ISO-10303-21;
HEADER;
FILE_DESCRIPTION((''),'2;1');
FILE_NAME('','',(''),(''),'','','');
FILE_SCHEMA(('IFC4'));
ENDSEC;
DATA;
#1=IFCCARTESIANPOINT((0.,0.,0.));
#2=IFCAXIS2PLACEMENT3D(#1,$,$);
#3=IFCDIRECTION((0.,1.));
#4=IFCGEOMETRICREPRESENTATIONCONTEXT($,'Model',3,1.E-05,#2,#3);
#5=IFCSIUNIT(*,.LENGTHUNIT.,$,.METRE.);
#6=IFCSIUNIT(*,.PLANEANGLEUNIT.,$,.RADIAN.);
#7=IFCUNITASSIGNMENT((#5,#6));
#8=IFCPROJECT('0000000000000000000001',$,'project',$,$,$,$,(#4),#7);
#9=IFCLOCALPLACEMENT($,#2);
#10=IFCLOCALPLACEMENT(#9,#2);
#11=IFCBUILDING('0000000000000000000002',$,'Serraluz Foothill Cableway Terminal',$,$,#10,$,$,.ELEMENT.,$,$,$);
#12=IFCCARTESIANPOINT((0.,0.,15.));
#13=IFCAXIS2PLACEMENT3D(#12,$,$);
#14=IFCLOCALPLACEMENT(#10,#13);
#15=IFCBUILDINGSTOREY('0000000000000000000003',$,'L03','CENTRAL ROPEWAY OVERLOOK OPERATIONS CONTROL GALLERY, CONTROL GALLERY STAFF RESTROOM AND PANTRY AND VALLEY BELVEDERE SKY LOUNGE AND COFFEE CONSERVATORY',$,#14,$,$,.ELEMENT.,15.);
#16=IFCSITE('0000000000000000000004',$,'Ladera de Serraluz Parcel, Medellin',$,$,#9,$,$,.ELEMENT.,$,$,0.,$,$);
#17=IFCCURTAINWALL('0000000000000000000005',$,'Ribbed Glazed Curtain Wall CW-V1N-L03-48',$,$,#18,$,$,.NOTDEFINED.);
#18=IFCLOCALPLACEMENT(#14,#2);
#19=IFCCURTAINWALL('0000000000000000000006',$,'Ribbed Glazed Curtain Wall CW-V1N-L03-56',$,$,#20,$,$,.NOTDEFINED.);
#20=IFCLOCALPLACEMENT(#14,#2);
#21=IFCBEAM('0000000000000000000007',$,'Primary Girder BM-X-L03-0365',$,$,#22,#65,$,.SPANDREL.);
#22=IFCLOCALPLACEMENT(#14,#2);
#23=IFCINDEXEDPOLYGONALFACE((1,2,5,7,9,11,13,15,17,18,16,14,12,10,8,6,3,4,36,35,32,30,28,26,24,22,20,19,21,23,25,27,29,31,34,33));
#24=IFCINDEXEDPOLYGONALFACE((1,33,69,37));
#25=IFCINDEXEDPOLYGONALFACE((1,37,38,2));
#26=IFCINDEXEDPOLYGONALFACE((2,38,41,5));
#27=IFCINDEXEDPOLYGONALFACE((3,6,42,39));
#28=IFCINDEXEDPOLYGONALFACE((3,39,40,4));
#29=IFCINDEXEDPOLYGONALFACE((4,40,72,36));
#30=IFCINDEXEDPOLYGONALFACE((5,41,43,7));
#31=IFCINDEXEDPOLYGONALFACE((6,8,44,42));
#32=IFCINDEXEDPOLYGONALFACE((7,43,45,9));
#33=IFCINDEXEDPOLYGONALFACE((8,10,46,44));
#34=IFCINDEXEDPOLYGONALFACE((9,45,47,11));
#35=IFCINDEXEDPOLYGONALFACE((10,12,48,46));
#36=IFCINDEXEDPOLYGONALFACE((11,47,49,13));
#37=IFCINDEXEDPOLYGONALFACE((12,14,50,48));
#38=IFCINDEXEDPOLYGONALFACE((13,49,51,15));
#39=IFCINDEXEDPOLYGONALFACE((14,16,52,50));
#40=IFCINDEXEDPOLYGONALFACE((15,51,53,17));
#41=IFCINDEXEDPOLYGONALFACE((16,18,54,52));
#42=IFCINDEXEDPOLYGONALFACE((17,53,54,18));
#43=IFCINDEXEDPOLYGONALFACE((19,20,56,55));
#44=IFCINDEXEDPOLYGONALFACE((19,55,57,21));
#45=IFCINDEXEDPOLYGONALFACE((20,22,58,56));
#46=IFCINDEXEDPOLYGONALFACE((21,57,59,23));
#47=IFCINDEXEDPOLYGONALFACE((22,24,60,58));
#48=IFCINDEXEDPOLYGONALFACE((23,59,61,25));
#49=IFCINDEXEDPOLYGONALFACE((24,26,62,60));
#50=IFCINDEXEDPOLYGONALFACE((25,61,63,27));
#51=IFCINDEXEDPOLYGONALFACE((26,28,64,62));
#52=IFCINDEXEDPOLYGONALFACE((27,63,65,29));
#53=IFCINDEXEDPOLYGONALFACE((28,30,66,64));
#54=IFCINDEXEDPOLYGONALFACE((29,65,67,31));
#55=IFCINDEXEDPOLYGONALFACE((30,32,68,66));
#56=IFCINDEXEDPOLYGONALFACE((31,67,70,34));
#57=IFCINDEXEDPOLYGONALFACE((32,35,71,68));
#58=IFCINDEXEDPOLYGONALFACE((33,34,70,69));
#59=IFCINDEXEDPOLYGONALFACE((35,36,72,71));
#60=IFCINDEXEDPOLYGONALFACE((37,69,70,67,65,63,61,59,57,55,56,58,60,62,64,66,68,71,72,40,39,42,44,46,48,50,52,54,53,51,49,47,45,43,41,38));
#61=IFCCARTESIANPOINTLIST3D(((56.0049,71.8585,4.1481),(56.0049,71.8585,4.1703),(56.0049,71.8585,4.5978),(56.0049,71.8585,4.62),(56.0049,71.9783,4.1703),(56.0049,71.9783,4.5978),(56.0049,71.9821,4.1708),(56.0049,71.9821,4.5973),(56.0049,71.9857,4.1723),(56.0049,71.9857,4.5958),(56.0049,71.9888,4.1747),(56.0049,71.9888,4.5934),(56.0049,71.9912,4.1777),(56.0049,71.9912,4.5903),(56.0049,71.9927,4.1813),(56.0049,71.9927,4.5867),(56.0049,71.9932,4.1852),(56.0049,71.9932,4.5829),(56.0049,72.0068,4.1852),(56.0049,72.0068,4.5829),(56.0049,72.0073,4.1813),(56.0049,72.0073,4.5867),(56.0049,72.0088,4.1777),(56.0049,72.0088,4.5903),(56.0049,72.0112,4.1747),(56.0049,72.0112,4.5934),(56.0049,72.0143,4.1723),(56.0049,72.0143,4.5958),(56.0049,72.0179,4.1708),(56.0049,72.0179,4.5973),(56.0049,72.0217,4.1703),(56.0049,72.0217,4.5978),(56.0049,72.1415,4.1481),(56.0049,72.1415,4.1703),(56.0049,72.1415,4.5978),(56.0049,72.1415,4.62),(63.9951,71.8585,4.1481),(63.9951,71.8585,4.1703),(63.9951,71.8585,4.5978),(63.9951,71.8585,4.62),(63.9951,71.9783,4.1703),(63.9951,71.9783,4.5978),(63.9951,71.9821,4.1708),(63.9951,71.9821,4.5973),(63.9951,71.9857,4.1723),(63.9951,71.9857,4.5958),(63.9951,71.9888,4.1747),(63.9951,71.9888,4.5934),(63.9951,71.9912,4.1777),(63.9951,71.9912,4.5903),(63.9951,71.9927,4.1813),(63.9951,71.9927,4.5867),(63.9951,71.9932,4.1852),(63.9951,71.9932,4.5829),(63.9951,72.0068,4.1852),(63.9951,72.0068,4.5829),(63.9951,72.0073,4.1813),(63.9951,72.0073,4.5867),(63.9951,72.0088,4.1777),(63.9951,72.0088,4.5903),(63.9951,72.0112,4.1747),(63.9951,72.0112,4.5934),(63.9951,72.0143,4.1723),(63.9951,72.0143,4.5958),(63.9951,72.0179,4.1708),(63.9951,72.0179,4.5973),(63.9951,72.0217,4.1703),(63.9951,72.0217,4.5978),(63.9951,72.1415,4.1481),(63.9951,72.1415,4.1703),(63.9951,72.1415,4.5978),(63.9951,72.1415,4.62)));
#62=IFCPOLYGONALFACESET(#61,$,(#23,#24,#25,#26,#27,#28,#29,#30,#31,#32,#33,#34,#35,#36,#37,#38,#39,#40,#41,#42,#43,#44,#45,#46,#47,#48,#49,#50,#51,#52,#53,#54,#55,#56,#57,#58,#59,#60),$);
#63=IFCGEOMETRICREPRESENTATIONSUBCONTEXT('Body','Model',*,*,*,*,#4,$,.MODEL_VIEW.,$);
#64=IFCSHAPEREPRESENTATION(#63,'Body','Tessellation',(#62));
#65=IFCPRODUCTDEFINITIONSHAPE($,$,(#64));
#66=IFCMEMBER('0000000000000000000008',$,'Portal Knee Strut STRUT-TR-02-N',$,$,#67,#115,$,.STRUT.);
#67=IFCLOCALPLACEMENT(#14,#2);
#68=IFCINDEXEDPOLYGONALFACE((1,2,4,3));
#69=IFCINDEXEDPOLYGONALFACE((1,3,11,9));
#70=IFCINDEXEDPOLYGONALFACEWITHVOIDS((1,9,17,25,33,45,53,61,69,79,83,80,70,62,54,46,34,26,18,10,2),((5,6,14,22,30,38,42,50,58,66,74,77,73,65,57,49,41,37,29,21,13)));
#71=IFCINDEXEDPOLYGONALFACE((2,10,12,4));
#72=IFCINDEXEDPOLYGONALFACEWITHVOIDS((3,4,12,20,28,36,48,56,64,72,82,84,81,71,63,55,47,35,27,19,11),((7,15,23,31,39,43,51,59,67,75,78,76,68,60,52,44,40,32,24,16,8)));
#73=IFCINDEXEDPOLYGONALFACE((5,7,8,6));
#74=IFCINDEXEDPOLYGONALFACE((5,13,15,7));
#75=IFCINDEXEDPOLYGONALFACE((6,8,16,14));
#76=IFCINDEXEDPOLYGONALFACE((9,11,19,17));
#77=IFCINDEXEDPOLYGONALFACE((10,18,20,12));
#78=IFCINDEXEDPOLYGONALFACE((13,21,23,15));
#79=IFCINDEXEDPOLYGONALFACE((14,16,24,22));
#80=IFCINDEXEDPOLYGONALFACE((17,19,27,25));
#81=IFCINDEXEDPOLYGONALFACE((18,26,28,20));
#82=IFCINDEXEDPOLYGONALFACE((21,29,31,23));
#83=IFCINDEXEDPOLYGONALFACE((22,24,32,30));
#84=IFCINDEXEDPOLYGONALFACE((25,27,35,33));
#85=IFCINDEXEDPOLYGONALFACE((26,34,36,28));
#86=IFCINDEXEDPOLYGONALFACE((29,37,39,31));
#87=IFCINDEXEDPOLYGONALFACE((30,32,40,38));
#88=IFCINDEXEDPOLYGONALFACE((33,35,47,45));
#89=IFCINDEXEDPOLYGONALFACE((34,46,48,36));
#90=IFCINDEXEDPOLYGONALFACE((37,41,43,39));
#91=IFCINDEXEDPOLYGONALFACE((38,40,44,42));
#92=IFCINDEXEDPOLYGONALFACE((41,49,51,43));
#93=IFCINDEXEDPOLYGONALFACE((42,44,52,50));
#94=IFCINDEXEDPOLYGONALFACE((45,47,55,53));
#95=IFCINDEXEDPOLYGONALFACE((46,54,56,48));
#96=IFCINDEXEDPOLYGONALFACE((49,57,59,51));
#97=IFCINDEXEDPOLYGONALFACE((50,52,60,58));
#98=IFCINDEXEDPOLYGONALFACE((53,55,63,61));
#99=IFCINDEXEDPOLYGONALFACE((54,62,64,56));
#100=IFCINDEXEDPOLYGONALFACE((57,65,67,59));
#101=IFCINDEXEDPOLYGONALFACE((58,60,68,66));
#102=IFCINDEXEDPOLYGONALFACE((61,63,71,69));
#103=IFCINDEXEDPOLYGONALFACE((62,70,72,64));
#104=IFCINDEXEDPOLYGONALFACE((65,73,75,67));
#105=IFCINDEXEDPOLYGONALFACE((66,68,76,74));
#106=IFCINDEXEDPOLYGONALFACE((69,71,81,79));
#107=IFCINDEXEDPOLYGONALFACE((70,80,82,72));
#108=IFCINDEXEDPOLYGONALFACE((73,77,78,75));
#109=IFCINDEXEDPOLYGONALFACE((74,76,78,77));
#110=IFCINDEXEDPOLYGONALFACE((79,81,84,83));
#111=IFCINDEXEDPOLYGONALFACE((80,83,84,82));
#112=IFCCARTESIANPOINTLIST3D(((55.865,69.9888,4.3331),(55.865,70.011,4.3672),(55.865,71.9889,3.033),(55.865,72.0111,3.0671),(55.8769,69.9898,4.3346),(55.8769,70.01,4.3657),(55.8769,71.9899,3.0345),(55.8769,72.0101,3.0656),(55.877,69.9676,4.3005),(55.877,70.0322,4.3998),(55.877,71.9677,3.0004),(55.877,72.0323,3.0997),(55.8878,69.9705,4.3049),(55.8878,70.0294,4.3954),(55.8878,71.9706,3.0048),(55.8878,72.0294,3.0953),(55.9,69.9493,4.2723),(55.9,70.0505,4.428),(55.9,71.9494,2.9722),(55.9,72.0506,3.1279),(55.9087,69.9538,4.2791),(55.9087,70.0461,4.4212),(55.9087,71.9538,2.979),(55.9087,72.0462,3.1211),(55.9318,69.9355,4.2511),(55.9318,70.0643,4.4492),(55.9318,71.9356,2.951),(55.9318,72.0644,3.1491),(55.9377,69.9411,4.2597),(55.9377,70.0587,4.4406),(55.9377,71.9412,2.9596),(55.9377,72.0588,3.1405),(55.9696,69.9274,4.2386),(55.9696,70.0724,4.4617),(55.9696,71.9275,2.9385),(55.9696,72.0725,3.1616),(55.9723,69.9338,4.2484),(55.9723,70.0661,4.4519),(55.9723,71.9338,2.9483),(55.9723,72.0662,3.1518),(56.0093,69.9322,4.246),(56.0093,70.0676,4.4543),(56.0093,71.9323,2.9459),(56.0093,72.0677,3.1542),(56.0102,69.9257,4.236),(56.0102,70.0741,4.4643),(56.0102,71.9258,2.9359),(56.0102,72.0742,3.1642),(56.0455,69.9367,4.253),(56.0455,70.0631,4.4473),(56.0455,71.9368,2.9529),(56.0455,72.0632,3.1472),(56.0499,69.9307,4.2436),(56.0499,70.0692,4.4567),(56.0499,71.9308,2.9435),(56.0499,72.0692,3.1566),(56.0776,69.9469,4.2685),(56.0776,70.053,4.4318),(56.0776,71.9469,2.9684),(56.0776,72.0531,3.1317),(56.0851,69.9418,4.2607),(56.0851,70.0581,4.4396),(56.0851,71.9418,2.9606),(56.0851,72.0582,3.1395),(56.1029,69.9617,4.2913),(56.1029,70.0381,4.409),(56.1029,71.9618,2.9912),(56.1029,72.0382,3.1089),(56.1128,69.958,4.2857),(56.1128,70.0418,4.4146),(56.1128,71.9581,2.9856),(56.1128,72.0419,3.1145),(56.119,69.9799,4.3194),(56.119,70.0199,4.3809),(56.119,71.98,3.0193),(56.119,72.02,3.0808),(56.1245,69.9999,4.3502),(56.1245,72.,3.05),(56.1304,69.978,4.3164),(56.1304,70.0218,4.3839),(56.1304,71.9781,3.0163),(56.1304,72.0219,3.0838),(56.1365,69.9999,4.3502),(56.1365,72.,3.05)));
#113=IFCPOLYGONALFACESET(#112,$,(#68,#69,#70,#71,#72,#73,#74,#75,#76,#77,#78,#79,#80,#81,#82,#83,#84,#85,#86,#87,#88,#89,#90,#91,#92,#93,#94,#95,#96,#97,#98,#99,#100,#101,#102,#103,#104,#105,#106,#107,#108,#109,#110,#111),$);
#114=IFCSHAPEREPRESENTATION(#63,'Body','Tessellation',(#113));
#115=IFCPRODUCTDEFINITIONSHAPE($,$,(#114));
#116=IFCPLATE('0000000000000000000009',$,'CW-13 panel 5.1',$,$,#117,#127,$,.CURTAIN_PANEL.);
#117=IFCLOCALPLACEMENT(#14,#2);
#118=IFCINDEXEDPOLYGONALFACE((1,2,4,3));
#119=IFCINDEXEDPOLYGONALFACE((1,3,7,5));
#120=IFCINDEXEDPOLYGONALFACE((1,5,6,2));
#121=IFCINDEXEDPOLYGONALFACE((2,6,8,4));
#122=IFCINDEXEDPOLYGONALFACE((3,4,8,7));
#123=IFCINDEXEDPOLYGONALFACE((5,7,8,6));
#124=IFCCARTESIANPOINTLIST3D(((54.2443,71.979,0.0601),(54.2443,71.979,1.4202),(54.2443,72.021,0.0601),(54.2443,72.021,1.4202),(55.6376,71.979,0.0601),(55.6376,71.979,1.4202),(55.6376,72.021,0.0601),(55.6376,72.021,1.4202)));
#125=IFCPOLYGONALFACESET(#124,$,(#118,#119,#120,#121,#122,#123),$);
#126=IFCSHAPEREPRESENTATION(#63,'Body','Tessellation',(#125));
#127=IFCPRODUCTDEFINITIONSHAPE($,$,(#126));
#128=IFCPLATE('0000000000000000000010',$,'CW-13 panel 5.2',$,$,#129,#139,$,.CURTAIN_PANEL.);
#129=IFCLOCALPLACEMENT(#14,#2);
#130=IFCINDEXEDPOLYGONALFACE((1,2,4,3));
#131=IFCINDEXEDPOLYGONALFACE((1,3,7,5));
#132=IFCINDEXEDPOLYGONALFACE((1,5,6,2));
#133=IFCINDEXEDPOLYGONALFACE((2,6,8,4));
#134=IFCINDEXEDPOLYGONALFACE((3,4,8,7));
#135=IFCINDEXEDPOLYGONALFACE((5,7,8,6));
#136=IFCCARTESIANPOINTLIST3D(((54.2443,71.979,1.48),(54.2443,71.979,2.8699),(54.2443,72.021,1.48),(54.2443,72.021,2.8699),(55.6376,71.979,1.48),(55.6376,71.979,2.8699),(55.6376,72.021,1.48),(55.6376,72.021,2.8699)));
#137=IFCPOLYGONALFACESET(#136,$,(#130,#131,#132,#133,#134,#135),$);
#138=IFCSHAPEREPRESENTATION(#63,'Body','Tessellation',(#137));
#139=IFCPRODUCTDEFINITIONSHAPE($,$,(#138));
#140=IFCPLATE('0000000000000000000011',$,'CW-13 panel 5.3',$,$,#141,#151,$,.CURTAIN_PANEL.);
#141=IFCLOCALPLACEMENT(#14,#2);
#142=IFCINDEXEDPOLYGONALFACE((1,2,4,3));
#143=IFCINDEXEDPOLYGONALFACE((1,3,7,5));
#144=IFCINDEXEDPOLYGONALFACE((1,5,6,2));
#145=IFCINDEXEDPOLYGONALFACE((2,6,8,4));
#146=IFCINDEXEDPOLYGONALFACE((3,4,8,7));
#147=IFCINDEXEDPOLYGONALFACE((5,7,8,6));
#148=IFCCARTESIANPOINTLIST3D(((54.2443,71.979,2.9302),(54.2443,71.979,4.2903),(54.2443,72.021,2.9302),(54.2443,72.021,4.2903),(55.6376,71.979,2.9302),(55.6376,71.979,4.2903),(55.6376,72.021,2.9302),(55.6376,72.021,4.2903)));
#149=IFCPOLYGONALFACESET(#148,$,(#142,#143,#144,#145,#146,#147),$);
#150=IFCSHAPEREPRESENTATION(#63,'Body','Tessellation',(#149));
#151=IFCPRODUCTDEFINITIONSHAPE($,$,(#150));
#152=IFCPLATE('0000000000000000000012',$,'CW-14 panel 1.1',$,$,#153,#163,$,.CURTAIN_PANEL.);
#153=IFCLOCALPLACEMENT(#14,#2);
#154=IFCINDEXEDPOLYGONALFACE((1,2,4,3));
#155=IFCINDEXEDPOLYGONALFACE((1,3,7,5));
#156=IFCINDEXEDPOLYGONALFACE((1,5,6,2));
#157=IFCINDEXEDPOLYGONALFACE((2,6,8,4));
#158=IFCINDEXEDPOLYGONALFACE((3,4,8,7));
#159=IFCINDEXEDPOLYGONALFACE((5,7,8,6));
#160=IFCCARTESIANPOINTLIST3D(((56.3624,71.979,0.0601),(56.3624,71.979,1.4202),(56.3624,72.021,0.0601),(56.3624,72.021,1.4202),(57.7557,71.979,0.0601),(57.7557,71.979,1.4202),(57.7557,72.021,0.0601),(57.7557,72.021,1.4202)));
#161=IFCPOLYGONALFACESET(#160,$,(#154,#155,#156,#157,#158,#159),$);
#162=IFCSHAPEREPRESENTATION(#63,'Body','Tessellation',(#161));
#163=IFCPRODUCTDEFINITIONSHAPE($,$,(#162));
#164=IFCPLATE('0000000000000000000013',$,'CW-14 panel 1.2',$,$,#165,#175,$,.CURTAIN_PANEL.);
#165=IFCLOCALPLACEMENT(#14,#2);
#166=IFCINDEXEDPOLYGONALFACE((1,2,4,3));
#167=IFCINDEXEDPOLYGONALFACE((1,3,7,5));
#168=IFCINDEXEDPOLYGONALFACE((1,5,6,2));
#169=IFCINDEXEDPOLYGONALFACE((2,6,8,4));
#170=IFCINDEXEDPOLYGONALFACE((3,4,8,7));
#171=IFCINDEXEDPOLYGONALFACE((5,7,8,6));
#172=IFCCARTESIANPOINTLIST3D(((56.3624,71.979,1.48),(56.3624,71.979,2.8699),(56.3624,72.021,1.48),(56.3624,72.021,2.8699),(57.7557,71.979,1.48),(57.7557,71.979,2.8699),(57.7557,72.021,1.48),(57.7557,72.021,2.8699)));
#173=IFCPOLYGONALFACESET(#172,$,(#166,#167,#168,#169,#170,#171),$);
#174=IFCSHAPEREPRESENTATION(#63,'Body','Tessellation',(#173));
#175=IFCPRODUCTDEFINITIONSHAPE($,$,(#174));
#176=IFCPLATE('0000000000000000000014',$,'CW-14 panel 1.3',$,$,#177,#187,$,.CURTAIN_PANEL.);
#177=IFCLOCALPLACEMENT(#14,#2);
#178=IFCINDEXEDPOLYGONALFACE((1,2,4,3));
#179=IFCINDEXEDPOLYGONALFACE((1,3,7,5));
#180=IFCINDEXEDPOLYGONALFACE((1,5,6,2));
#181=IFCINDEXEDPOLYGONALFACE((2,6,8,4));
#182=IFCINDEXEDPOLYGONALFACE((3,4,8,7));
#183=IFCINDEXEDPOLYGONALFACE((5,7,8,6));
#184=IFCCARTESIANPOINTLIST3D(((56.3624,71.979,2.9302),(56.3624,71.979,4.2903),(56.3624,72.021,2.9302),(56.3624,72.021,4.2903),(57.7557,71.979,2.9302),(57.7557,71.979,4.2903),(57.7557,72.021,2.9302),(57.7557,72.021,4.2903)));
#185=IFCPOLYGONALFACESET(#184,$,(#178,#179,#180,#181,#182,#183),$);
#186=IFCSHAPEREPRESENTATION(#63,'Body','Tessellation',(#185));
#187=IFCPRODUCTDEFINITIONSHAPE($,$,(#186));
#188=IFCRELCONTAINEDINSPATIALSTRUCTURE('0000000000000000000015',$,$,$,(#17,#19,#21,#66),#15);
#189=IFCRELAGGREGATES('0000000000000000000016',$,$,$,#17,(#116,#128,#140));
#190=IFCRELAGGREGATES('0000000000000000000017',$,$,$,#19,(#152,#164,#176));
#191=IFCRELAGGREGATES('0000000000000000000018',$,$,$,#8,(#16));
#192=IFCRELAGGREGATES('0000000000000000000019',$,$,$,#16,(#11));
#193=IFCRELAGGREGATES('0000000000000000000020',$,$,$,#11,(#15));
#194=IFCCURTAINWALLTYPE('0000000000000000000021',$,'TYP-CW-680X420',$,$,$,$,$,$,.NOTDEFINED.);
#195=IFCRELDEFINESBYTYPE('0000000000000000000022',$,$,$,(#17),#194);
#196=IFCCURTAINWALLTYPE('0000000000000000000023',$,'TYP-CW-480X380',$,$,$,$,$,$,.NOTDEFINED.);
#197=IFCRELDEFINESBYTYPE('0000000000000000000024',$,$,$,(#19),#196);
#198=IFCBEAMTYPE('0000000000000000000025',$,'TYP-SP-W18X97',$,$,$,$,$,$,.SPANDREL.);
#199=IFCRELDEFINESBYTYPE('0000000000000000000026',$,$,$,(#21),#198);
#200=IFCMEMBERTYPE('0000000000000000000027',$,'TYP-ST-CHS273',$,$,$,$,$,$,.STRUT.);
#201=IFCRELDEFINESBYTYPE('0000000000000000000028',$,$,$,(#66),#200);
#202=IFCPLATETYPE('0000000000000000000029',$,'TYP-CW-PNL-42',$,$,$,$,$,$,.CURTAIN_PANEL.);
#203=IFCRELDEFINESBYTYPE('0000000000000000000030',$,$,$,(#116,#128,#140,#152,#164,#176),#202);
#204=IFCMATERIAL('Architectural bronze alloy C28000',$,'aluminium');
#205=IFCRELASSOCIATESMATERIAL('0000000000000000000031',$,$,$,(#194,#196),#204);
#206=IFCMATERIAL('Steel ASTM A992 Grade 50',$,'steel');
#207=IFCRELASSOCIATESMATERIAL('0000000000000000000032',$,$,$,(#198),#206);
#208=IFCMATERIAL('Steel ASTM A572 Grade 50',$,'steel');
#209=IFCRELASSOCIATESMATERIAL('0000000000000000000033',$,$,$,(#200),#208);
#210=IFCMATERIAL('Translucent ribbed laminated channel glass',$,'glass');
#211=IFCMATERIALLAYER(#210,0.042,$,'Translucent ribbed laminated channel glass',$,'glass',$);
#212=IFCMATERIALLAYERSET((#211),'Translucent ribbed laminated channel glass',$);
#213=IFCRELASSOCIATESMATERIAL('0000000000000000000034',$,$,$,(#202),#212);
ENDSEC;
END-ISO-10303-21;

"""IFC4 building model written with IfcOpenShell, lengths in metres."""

from ifc_helpers import new_model, si_unit, direction, frame, origin, origin_2d, place, context, subcontext, project, spatial, rectangle, hollow_circle, i_section, extrude, material, layer, layer_set, material_profile, profile_set, type_object, element, aggregate, save


model = new_model("IFC4")

# Units and contexts
model_context = context("Model", 3, precision=1e-05, world=origin(), true_north=direction((0.0, 1.0)))
body_context = subcontext(model_context, "Body", "Model", "MODEL_VIEW")
ifc_project = project(units=[si_unit("LENGTHUNIT", "METRE"), si_unit("PLANEANGLEUNIT", "RADIAN")], contexts=[model_context])

# Site, building, storey
site_placement = place(None, origin())
site = spatial("IfcSite", under=ifc_project, at=site_placement, Name="Ladera de Serraluz Parcel, Medellin", CompositionType="ELEMENT", RefElevation=0.0)
building_placement = place(site_placement, origin())
building = spatial("IfcBuilding", under=site, at=building_placement, Name="Serraluz Foothill Cableway Terminal", CompositionType="ELEMENT")
storey_placement = place(building_placement, frame((0.0, 0.0, 15.0)))
storey = spatial("IfcBuildingStorey", under=building, at=storey_placement, Name="L03", Description="CENTRAL ROPEWAY OVERLOOK OPERATIONS CONTROL GALLERY, CONTROL GALLERY STAFF RESTROOM AND PANTRY AND VALLEY BELVEDERE SKY LOUNGE AND COFFEE CONSERVATORY", CompositionType="ELEMENT", Elevation=15.0)

# Shared definitions
ifc_material_1 = material(Name="Steel ASTM A992 Grade 50", Category="steel")

# Curtain wall
ifc_material_2 = material(Name="Architectural bronze alloy C28000", Category="aluminium")
curtain_wall_type_1 = type_object("IfcCurtainWallType", Name="TYP-CW-680X420", PredefinedType="NOTDEFINED", material=ifc_material_2)
curtain_wall_1_placement = place(storey_placement, origin())
curtain_wall_1 = element("IfcCurtainWall", 1, at=curtain_wall_1_placement, inside=storey, type_object=curtain_wall_type_1, Name="Ribbed Glazed Curtain Wall CW-V1N-L03-48", PredefinedType="NOTDEFINED")

# Curtain wall
curtain_wall_type_2 = type_object("IfcCurtainWallType", Name="TYP-CW-480X380", PredefinedType="NOTDEFINED", material=ifc_material_2)
curtain_wall_2_placement = place(storey_placement, origin())
curtain_wall_2 = element("IfcCurtainWall", 2, at=curtain_wall_2_placement, inside=storey, type_object=curtain_wall_type_2, Name="Ribbed Glazed Curtain Wall CW-V1N-L03-56", PredefinedType="NOTDEFINED")

# Beam
ifc_material_profile_1 = material_profile(ifc_material_1, i_section(OverallWidth=0.283, OverallDepth=0.4719, WebThickness=0.0137, FlangeThickness=0.0222, FilletRadius=0.0149, at=origin_2d()), Name="W18X97")
ifc_profile_set_1 = profile_set([ifc_material_profile_1], Name="Steel ASTM A992 Grade 50")
beam_type = type_object("IfcBeamType", Name="TYP-SP-W18X97", PredefinedType="SPANDREL", material=ifc_profile_set_1)
beam_placement = place(storey_placement, frame((56.0049, 72.0, 4.384), z_axis=(1.0, 0.0, 0.0), x_axis=(0.0, 1.0, 0.0)))
element("IfcBeam", 3, at=beam_placement, inside=storey, type_object=beam_type, Name="Primary Girder BM-X-L03-0365", PredefinedType="SPANDREL", context=body_context, shape_type="SweptSolid", body=[
    extrude(i_section(OverallWidth=0.283, OverallDepth=0.4719, WebThickness=0.0137, FlangeThickness=0.0222, FilletRadius=0.0149, at=origin_2d()), origin(), (0.0, 0.0, 1.0), 7.9902),
])

# Member
ifc_material_3 = material(Name="Steel ASTM A572 Grade 50", Category="steel")
ifc_material_profile_2 = material_profile(ifc_material_3, hollow_circle(Radius=0.1365, WallThickness=0.012, at=origin_2d()), Name="CHS273X12")
ifc_profile_set_2 = profile_set([ifc_material_profile_2], Name="Steel ASTM A572 Grade 50")
member_type_1 = type_object("IfcMemberType", Name="TYP-ST-CHS273", PredefinedType="STRUT", material=ifc_profile_set_2)
member_1_placement = place(storey_placement, frame((56.0, 72.0, 3.05), z_axis=(0.0, -0.838434, 0.545003), x_axis=(1.0, 0.0, 0.0)))
element("IfcMember", 4, at=member_1_placement, inside=storey, type_object=member_type_1, Name="Portal Knee Strut STRUT-TR-02-N", PredefinedType="STRUT", context=body_context, shape_type="SweptSolid", body=[
    extrude(hollow_circle(Radius=0.1365, WallThickness=0.012, at=origin_2d()), origin(), (0.0, 0.0, 1.0), 2.3855),
])

# Plates
ifc_material_4 = material(Name="Translucent ribbed laminated channel glass", Category="glass")
ifc_layer_1 = layer(ifc_material_4, 0.042, Name="Translucent ribbed laminated channel glass", Category="glass")
ifc_layer_set_1 = layer_set([ifc_layer_1], Name="Translucent ribbed laminated channel glass")
plate_type_1 = type_object("IfcPlateType", Name="TYP-CW-PNL-42", PredefinedType="CURTAIN_PANEL", material=ifc_layer_set_1)
plate_1_placement = place(storey_placement, frame((54.9409, 72.0, 0.0601), z_axis=(0.0, 0.0, 1.0), x_axis=(1.0, 0.0, 0.0)))
plate_1 = element("IfcPlate", 5, at=plate_1_placement, type_object=plate_type_1, Name="CW-13 panel 5.1", PredefinedType="CURTAIN_PANEL", context=body_context, shape_type="SweptSolid", body=[
    extrude(rectangle(XDim=1.3933, YDim=0.042, at=origin_2d()), origin(), (0.0, 0.0, 1.0), 1.3601),
])
plate_2_placement = place(storey_placement, frame((54.9409, 72.0, 1.48), z_axis=(0.0, 0.0, 1.0), x_axis=(1.0, 0.0, 0.0)))
plate_2 = element("IfcPlate", 6, at=plate_2_placement, type_object=plate_type_1, Name="CW-13 panel 5.2", PredefinedType="CURTAIN_PANEL", context=body_context, shape_type="SweptSolid", body=[
    extrude(rectangle(XDim=1.3933, YDim=0.042, at=origin_2d()), origin(), (0.0, 0.0, 1.0), 1.3899),
])
plate_3_placement = place(storey_placement, frame((54.9409, 72.0, 2.9302), z_axis=(0.0, 0.0, 1.0), x_axis=(1.0, 0.0, 0.0)))
plate_3 = element("IfcPlate", 7, at=plate_3_placement, type_object=plate_type_1, Name="CW-13 panel 5.3", PredefinedType="CURTAIN_PANEL", context=body_context, shape_type="SweptSolid", body=[
    extrude(rectangle(XDim=1.3933, YDim=0.042, at=origin_2d()), origin(), (0.0, 0.0, 1.0), 1.3601),
])
aggregate(curtain_wall_1, [plate_1, plate_2, plate_3])
plate_4_placement = place(storey_placement, frame((57.0591, 72.0, 0.0601), z_axis=(0.0, 0.0, 1.0), x_axis=(1.0, 0.0, 0.0)))
plate_4 = element("IfcPlate", 8, at=plate_4_placement, type_object=plate_type_1, Name="CW-14 panel 1.1", PredefinedType="CURTAIN_PANEL", context=body_context, shape_type="SweptSolid", body=[
    extrude(rectangle(XDim=1.3933, YDim=0.042, at=origin_2d()), origin(), (0.0, 0.0, 1.0), 1.3601),
])
plate_5_placement = place(storey_placement, frame((57.0591, 72.0, 1.48), z_axis=(0.0, 0.0, 1.0), x_axis=(1.0, 0.0, 0.0)))
plate_5 = element("IfcPlate", 9, at=plate_5_placement, type_object=plate_type_1, Name="CW-14 panel 1.2", PredefinedType="CURTAIN_PANEL", context=body_context, shape_type="SweptSolid", body=[
    extrude(rectangle(XDim=1.3933, YDim=0.042, at=origin_2d()), origin(), (0.0, 0.0, 1.0), 1.3899),
])
plate_6_placement = place(storey_placement, frame((57.0591, 72.0, 2.9302), z_axis=(0.0, 0.0, 1.0), x_axis=(1.0, 0.0, 0.0)))
plate_6 = element("IfcPlate", 10, at=plate_6_placement, type_object=plate_type_1, Name="CW-14 panel 1.3", PredefinedType="CURTAIN_PANEL", context=body_context, shape_type="SweptSolid", body=[
    extrude(rectangle(XDim=1.3933, YDim=0.042, at=origin_2d()), origin(), (0.0, 0.0, 1.0), 1.3601),
])
aggregate(curtain_wall_2, [plate_4, plate_5, plate_6])

save(model, "model.ifc")
